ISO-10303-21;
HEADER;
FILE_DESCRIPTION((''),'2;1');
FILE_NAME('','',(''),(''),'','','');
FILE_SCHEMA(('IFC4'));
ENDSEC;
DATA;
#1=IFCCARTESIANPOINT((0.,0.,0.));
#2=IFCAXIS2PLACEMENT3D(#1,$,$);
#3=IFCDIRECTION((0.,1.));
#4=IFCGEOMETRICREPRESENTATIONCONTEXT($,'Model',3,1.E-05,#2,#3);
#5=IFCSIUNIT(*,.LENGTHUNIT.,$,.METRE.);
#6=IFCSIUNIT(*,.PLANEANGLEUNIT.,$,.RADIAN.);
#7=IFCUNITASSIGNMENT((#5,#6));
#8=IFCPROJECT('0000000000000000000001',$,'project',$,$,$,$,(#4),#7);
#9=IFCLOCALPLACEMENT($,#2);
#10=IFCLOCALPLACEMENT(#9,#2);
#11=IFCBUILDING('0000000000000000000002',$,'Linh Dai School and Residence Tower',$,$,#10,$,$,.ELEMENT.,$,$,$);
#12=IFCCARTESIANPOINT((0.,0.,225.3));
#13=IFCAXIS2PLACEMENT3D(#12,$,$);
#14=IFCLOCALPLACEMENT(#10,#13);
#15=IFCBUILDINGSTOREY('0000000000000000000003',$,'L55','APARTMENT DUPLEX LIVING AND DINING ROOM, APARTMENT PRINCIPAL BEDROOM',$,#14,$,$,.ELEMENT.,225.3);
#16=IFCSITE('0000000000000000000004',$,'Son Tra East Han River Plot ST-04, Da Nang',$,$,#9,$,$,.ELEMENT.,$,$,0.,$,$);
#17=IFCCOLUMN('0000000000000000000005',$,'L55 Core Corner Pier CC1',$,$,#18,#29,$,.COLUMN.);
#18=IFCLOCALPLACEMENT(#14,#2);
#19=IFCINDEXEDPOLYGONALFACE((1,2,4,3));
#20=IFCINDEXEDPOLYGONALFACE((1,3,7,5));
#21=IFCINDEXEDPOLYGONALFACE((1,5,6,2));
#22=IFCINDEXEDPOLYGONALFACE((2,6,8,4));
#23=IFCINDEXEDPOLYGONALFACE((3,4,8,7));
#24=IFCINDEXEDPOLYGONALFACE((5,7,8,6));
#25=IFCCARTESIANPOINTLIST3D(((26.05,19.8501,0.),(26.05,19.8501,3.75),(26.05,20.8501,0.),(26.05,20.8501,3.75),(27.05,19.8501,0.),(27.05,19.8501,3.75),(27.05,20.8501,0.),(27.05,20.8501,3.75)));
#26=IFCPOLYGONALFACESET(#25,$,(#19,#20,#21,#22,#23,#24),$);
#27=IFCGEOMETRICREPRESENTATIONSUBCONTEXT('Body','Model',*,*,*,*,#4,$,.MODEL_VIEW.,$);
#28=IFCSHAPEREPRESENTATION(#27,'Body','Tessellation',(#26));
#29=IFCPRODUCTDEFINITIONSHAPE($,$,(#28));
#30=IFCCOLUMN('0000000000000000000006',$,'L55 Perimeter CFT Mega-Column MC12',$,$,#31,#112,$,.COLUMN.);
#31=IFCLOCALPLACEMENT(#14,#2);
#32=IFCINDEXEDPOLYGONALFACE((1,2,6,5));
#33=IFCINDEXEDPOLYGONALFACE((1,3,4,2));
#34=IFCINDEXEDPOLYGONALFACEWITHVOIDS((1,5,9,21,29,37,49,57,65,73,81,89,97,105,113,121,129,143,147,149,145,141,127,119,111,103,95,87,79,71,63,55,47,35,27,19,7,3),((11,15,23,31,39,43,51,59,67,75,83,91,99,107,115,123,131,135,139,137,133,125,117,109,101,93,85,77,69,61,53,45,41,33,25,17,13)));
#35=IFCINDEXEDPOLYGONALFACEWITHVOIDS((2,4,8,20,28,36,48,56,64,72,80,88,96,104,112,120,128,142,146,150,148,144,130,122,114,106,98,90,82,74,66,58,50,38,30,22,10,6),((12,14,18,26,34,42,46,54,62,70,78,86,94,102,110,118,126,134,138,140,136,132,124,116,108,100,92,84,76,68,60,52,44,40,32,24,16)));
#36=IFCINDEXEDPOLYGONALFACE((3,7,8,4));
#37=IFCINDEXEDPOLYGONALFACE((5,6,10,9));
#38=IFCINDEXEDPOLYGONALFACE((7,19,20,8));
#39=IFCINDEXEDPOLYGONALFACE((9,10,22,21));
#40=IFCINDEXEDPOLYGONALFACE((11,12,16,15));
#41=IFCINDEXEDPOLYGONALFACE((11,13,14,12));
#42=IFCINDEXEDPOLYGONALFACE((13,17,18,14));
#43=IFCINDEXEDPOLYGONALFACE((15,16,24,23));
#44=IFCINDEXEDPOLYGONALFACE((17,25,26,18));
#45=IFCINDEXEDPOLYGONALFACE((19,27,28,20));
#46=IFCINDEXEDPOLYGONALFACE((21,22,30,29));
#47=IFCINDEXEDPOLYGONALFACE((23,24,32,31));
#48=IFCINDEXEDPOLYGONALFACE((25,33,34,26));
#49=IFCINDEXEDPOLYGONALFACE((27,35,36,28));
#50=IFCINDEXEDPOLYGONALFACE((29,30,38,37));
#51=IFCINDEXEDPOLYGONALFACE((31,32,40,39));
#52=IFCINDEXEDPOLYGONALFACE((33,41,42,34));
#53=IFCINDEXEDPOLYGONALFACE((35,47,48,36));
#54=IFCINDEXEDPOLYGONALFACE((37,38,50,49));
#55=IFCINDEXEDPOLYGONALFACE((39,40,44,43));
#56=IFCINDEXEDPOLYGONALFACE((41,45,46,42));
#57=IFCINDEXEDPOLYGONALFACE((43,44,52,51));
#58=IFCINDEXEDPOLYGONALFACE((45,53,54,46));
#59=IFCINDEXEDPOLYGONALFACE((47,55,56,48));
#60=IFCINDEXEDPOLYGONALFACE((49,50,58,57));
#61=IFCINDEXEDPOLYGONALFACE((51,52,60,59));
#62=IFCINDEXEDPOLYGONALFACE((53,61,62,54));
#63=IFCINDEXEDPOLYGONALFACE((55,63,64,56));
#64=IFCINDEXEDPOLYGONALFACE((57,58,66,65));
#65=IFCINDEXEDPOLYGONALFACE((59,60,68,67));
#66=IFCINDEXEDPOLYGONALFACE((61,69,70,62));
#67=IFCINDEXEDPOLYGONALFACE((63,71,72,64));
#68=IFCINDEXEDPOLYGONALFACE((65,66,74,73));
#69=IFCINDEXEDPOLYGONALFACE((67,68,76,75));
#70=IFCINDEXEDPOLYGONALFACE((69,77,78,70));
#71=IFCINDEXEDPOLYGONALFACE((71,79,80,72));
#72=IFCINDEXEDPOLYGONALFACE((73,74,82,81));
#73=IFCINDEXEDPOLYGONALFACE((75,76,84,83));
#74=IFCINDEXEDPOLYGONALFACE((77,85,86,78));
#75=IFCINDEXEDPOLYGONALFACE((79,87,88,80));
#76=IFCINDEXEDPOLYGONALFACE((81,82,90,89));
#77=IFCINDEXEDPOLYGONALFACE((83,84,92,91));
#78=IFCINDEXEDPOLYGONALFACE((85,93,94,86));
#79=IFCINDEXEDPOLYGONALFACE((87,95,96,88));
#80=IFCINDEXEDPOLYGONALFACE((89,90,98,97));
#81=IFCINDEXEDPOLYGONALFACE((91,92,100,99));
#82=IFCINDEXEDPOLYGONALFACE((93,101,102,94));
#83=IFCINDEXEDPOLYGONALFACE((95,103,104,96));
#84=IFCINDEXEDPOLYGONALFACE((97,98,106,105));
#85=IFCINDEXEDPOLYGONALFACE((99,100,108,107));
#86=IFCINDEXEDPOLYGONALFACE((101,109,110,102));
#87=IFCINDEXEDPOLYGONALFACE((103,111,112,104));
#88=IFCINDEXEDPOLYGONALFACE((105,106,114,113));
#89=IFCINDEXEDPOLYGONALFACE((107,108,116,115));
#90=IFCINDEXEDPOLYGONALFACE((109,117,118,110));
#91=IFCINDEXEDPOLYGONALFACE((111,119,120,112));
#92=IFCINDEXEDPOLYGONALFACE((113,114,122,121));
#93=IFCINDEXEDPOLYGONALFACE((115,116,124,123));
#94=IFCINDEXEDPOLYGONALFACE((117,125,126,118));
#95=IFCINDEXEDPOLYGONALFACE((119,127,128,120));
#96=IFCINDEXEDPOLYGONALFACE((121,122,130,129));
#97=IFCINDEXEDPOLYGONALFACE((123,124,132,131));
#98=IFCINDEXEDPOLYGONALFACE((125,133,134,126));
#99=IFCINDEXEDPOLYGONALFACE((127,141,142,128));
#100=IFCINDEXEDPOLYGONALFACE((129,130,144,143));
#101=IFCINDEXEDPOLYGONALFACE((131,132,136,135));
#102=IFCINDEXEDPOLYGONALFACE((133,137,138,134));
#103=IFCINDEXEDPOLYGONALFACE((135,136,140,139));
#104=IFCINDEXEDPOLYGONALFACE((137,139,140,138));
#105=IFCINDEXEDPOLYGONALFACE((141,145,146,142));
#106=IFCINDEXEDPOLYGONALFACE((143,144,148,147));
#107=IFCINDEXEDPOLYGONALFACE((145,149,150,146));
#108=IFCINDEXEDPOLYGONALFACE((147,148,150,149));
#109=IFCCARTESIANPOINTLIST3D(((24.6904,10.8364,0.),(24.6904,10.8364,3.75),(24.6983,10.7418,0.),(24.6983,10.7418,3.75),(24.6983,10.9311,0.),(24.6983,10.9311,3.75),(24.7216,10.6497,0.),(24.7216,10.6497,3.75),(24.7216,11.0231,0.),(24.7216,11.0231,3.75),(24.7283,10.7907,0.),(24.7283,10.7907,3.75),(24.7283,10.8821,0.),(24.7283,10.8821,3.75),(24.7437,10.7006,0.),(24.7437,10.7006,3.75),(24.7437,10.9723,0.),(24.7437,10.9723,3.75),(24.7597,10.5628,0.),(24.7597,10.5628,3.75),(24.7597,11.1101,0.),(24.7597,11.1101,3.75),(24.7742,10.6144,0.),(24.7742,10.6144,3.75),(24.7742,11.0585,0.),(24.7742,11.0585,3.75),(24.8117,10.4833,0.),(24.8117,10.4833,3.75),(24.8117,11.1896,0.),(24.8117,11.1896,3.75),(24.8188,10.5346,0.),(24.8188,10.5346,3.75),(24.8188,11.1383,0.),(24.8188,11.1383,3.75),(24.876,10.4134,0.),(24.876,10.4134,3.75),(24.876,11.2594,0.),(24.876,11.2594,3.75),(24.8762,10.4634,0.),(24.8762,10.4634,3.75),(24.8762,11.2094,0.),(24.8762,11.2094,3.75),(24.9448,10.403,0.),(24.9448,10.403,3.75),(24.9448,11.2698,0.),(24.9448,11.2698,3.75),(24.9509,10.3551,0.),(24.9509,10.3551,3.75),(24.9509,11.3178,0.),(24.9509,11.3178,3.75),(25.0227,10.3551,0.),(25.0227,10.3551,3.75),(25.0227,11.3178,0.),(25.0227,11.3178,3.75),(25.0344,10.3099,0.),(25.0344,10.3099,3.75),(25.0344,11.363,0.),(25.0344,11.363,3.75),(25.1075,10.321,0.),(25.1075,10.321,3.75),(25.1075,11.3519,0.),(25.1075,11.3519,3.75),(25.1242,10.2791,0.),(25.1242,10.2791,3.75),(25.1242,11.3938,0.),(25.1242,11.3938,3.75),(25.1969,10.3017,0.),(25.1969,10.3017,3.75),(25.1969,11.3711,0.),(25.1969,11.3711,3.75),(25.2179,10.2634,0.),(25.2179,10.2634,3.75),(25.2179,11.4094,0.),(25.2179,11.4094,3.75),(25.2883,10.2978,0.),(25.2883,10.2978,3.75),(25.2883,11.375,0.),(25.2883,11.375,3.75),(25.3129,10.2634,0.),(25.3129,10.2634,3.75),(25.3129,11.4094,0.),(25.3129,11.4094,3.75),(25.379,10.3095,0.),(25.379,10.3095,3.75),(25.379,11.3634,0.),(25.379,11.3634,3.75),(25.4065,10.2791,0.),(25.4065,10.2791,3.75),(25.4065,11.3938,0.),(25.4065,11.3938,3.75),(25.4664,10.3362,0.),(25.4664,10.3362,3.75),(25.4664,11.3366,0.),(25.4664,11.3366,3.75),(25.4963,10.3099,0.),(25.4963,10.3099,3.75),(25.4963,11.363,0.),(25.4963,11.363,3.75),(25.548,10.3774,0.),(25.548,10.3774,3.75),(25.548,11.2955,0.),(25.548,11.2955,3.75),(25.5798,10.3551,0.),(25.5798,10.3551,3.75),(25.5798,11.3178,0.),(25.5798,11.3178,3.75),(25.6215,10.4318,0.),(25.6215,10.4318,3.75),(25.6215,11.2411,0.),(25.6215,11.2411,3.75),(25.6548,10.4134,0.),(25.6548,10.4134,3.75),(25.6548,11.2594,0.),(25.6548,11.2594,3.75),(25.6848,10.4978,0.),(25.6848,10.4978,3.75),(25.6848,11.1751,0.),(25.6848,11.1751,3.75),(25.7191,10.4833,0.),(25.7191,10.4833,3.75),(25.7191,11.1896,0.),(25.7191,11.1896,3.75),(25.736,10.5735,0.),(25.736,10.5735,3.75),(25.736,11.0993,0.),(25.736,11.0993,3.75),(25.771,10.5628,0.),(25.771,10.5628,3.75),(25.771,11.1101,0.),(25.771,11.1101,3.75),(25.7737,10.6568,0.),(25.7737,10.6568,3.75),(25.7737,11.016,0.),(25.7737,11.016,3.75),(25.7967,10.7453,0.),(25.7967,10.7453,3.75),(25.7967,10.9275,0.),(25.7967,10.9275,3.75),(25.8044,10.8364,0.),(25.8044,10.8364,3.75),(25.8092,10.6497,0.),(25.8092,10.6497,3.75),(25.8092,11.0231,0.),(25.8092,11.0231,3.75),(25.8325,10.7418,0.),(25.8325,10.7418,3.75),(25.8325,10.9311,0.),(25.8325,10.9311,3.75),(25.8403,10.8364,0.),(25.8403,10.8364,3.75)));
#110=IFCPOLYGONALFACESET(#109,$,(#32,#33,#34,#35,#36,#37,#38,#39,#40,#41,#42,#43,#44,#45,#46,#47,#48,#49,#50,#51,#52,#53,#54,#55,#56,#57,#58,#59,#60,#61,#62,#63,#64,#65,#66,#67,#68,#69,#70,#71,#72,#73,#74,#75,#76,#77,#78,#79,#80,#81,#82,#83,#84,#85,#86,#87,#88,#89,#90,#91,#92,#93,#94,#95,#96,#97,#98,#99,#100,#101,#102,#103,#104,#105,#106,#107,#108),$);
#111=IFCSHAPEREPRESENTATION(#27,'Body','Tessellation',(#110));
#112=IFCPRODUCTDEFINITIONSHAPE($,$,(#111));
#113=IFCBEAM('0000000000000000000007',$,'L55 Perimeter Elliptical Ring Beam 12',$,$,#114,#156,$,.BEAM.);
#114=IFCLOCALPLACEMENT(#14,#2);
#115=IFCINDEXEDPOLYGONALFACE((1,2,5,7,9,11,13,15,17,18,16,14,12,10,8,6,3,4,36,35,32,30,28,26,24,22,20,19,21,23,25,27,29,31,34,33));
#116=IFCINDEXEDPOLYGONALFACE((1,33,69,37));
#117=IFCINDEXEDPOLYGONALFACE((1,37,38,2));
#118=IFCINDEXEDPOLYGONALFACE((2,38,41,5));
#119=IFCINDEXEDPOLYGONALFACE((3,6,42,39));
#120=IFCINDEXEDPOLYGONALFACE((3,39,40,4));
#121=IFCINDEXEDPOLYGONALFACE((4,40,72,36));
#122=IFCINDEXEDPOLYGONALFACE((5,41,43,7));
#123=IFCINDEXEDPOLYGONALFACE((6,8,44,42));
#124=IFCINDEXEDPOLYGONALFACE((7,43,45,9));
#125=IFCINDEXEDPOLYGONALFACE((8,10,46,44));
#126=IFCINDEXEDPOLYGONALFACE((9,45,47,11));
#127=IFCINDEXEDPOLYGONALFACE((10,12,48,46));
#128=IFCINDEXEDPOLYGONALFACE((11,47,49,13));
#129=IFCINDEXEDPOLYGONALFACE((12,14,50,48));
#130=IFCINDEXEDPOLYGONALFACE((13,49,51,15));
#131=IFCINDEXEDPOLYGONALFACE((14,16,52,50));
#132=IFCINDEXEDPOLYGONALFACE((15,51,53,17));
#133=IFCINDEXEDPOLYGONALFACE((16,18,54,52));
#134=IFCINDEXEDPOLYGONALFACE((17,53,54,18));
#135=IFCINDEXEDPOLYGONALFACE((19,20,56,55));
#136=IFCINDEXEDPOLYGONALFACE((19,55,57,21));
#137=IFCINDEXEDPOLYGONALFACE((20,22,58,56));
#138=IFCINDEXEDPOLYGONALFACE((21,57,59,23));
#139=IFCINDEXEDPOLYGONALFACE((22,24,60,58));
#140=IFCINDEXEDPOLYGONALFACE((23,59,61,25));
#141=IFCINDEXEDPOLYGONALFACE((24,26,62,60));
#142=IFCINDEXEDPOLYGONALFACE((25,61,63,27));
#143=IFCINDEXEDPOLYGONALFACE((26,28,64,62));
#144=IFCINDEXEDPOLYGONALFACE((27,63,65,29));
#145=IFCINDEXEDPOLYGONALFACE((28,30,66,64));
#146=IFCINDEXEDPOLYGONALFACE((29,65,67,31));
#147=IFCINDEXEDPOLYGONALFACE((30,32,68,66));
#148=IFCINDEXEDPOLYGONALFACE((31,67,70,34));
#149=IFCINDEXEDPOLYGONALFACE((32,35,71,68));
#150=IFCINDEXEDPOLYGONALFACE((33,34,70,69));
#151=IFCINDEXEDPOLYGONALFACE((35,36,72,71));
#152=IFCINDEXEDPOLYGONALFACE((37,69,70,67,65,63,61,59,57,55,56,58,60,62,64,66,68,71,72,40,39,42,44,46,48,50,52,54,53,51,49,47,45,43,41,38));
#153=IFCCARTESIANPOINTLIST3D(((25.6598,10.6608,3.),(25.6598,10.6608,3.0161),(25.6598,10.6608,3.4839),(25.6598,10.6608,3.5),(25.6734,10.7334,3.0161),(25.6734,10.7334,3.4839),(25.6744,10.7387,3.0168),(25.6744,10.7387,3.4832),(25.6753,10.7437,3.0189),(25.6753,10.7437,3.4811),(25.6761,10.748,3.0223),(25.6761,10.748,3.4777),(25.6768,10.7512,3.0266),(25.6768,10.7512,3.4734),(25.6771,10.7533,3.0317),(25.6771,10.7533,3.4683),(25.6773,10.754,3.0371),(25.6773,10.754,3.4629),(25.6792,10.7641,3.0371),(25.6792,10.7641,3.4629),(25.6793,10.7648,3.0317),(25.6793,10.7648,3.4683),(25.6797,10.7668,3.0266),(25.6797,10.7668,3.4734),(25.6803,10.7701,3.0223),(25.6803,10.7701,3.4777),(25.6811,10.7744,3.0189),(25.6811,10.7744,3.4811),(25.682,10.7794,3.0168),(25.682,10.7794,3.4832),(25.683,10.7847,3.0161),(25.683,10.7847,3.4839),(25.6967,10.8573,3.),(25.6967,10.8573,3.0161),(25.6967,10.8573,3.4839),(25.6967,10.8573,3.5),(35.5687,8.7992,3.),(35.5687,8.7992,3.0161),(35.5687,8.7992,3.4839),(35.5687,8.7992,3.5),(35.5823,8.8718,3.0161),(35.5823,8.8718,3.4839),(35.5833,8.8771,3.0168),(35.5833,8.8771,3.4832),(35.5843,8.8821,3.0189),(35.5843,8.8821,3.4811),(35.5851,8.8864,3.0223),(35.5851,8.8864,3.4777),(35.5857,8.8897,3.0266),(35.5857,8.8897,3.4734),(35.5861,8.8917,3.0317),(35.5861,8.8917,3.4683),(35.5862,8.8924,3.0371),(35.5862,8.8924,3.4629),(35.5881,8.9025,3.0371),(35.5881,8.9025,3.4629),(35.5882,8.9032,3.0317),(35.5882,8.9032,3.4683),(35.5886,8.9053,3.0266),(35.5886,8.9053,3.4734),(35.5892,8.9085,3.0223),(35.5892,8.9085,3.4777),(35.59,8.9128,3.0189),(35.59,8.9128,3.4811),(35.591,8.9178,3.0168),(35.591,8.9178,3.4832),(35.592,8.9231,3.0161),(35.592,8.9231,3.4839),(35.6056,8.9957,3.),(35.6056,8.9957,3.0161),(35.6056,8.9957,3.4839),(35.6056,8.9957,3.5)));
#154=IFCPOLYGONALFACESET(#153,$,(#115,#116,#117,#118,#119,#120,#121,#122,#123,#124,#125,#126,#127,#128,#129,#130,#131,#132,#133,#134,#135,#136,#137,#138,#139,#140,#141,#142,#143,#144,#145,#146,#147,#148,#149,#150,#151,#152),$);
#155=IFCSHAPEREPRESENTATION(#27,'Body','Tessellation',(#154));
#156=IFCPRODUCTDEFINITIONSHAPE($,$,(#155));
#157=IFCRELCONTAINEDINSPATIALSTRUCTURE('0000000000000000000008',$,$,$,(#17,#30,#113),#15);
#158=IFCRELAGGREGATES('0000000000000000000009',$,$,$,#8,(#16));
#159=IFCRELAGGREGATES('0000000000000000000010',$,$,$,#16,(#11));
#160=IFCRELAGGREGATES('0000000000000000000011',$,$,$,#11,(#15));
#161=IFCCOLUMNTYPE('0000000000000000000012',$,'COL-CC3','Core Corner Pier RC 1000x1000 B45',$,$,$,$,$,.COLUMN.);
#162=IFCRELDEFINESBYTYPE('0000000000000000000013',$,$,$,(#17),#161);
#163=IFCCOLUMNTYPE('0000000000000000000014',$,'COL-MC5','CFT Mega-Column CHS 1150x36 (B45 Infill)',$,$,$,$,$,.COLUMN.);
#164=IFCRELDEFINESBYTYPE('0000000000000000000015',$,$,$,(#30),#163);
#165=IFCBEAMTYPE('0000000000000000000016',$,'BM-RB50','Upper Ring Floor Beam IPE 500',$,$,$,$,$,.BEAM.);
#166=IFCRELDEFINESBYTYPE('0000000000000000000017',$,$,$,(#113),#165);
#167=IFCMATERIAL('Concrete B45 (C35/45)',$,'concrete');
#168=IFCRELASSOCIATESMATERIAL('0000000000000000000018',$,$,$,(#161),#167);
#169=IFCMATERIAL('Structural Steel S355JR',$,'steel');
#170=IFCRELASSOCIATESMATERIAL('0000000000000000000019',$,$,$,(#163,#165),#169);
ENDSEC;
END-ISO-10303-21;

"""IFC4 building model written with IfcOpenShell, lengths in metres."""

from ifc_helpers import new_model, si_unit, direction, frame, origin, origin_2d, place, context, subcontext, project, spatial, rectangle, hollow_circle, i_section, extrude, material, material_profile, profile_set, type_object, element, save


model = new_model("IFC4")

# Units and contexts
model_context = context("Model", 3, precision=1e-05, world=origin(), true_north=direction((0.0, 1.0)))
body_context = subcontext(model_context, "Body", "Model", "MODEL_VIEW")
ifc_project = project(units=[si_unit("LENGTHUNIT", "METRE"), si_unit("PLANEANGLEUNIT", "RADIAN")], contexts=[model_context])

# Site, building, storey
site_placement = place(None, origin())
site = spatial("IfcSite", under=ifc_project, at=site_placement, Name="Son Tra East Han River Plot ST-04, Da Nang", CompositionType="ELEMENT", RefElevation=0.0)
building_placement = place(site_placement, origin())
building = spatial("IfcBuilding", under=site, at=building_placement, Name="Linh Dai School and Residence Tower", CompositionType="ELEMENT")
storey_placement = place(building_placement, frame((0.0, 0.0, 225.3)))
storey = spatial("IfcBuildingStorey", under=building, at=storey_placement, Name="L55", Description="APARTMENT DUPLEX LIVING AND DINING ROOM, APARTMENT PRINCIPAL BEDROOM", CompositionType="ELEMENT", Elevation=225.3)

# Columns
ifc_material_1 = material(Name="Concrete B45 (C35/45)", Category="concrete")
ifc_material_profile_1 = material_profile(ifc_material_1, rectangle(XDim=1.0, YDim=1.0, at=origin_2d()), Name="RC 1000x1000")
ifc_profile_set_1 = profile_set([ifc_material_profile_1], Name="Concrete B45 (C35/45)")
column_type_1 = type_object("IfcColumnType", Name="COL-CC3", Description="Core Corner Pier RC 1000x1000 B45", PredefinedType="COLUMN", material=ifc_profile_set_1)
column_1_placement = place(storey_placement, frame((26.55, 20.3501, 0.0), z_axis=(0.0, 0.0, 1.0), x_axis=(1.0, 0.0, 0.0)))
element("IfcColumn", 1, at=column_1_placement, inside=storey, type_object=column_type_1, Name="L55 Core Corner Pier CC1", PredefinedType="COLUMN", context=body_context, shape_type="SweptSolid", body=[
    extrude(rectangle(XDim=1.0, YDim=1.0, at=origin_2d()), origin(), (0.0, 0.0, 1.0), 3.75),
])
ifc_material_2 = material(Name="Structural Steel S355JR", Category="steel")
ifc_material_profile_2 = material_profile(ifc_material_2, hollow_circle(Radius=0.575, WallThickness=0.0359, at=origin_2d()), Name="CHS 1150x36")
ifc_profile_set_2 = profile_set([ifc_material_profile_2], Name="Structural Steel S355JR")
column_type_2 = type_object("IfcColumnType", Name="COL-MC5", Description="CFT Mega-Column CHS 1150x36 (B45 Infill)", PredefinedType="COLUMN", material=ifc_profile_set_2)
column_2_placement = place(storey_placement, frame((25.2654, 10.8364, 0.0), z_axis=(0.0, 0.0, 1.0), x_axis=(1.0, 0.0, 0.0)))
element("IfcColumn", 2, at=column_2_placement, inside=storey, type_object=column_type_2, Name="L55 Perimeter CFT Mega-Column MC12", PredefinedType="COLUMN", context=body_context, shape_type="SweptSolid", body=[
    extrude(hollow_circle(Radius=0.575, WallThickness=0.0359, at=origin_2d()), origin(), (0.0, 0.0, 1.0), 3.75),
])

# Beam
ifc_material_profile_3 = material_profile(ifc_material_2, i_section(OverallWidth=0.2, OverallDepth=0.5, WebThickness=0.0103, FlangeThickness=0.0161, FilletRadius=0.021, at=origin_2d()), Name="IPE 500")
ifc_profile_set_3 = profile_set([ifc_material_profile_3], Name="Structural Steel S355JR")
beam_type_1 = type_object("IfcBeamType", Name="BM-RB50", Description="Upper Ring Floor Beam IPE 500", PredefinedType="BEAM", material=ifc_profile_set_3)
beam_1_placement = place(storey_placement, frame((25.6782, 10.759, 3.25), z_axis=(0.982807, -0.184638, 0.0), x_axis=(0.184638, 0.982807, 0.0)))
element("IfcBeam", 3, at=beam_1_placement, inside=storey, type_object=beam_type_1, Name="L55 Perimeter Elliptical Ring Beam 12", PredefinedType="BEAM", context=body_context, shape_type="SweptSolid", body=[
    extrude(i_section(OverallWidth=0.2, OverallDepth=0.5, WebThickness=0.0103, FlangeThickness=0.0161, FilletRadius=0.021, at=origin_2d()), origin(), (0.0, 0.0, 1.0), 10.0823),
])

save(model, "model.ifc")
